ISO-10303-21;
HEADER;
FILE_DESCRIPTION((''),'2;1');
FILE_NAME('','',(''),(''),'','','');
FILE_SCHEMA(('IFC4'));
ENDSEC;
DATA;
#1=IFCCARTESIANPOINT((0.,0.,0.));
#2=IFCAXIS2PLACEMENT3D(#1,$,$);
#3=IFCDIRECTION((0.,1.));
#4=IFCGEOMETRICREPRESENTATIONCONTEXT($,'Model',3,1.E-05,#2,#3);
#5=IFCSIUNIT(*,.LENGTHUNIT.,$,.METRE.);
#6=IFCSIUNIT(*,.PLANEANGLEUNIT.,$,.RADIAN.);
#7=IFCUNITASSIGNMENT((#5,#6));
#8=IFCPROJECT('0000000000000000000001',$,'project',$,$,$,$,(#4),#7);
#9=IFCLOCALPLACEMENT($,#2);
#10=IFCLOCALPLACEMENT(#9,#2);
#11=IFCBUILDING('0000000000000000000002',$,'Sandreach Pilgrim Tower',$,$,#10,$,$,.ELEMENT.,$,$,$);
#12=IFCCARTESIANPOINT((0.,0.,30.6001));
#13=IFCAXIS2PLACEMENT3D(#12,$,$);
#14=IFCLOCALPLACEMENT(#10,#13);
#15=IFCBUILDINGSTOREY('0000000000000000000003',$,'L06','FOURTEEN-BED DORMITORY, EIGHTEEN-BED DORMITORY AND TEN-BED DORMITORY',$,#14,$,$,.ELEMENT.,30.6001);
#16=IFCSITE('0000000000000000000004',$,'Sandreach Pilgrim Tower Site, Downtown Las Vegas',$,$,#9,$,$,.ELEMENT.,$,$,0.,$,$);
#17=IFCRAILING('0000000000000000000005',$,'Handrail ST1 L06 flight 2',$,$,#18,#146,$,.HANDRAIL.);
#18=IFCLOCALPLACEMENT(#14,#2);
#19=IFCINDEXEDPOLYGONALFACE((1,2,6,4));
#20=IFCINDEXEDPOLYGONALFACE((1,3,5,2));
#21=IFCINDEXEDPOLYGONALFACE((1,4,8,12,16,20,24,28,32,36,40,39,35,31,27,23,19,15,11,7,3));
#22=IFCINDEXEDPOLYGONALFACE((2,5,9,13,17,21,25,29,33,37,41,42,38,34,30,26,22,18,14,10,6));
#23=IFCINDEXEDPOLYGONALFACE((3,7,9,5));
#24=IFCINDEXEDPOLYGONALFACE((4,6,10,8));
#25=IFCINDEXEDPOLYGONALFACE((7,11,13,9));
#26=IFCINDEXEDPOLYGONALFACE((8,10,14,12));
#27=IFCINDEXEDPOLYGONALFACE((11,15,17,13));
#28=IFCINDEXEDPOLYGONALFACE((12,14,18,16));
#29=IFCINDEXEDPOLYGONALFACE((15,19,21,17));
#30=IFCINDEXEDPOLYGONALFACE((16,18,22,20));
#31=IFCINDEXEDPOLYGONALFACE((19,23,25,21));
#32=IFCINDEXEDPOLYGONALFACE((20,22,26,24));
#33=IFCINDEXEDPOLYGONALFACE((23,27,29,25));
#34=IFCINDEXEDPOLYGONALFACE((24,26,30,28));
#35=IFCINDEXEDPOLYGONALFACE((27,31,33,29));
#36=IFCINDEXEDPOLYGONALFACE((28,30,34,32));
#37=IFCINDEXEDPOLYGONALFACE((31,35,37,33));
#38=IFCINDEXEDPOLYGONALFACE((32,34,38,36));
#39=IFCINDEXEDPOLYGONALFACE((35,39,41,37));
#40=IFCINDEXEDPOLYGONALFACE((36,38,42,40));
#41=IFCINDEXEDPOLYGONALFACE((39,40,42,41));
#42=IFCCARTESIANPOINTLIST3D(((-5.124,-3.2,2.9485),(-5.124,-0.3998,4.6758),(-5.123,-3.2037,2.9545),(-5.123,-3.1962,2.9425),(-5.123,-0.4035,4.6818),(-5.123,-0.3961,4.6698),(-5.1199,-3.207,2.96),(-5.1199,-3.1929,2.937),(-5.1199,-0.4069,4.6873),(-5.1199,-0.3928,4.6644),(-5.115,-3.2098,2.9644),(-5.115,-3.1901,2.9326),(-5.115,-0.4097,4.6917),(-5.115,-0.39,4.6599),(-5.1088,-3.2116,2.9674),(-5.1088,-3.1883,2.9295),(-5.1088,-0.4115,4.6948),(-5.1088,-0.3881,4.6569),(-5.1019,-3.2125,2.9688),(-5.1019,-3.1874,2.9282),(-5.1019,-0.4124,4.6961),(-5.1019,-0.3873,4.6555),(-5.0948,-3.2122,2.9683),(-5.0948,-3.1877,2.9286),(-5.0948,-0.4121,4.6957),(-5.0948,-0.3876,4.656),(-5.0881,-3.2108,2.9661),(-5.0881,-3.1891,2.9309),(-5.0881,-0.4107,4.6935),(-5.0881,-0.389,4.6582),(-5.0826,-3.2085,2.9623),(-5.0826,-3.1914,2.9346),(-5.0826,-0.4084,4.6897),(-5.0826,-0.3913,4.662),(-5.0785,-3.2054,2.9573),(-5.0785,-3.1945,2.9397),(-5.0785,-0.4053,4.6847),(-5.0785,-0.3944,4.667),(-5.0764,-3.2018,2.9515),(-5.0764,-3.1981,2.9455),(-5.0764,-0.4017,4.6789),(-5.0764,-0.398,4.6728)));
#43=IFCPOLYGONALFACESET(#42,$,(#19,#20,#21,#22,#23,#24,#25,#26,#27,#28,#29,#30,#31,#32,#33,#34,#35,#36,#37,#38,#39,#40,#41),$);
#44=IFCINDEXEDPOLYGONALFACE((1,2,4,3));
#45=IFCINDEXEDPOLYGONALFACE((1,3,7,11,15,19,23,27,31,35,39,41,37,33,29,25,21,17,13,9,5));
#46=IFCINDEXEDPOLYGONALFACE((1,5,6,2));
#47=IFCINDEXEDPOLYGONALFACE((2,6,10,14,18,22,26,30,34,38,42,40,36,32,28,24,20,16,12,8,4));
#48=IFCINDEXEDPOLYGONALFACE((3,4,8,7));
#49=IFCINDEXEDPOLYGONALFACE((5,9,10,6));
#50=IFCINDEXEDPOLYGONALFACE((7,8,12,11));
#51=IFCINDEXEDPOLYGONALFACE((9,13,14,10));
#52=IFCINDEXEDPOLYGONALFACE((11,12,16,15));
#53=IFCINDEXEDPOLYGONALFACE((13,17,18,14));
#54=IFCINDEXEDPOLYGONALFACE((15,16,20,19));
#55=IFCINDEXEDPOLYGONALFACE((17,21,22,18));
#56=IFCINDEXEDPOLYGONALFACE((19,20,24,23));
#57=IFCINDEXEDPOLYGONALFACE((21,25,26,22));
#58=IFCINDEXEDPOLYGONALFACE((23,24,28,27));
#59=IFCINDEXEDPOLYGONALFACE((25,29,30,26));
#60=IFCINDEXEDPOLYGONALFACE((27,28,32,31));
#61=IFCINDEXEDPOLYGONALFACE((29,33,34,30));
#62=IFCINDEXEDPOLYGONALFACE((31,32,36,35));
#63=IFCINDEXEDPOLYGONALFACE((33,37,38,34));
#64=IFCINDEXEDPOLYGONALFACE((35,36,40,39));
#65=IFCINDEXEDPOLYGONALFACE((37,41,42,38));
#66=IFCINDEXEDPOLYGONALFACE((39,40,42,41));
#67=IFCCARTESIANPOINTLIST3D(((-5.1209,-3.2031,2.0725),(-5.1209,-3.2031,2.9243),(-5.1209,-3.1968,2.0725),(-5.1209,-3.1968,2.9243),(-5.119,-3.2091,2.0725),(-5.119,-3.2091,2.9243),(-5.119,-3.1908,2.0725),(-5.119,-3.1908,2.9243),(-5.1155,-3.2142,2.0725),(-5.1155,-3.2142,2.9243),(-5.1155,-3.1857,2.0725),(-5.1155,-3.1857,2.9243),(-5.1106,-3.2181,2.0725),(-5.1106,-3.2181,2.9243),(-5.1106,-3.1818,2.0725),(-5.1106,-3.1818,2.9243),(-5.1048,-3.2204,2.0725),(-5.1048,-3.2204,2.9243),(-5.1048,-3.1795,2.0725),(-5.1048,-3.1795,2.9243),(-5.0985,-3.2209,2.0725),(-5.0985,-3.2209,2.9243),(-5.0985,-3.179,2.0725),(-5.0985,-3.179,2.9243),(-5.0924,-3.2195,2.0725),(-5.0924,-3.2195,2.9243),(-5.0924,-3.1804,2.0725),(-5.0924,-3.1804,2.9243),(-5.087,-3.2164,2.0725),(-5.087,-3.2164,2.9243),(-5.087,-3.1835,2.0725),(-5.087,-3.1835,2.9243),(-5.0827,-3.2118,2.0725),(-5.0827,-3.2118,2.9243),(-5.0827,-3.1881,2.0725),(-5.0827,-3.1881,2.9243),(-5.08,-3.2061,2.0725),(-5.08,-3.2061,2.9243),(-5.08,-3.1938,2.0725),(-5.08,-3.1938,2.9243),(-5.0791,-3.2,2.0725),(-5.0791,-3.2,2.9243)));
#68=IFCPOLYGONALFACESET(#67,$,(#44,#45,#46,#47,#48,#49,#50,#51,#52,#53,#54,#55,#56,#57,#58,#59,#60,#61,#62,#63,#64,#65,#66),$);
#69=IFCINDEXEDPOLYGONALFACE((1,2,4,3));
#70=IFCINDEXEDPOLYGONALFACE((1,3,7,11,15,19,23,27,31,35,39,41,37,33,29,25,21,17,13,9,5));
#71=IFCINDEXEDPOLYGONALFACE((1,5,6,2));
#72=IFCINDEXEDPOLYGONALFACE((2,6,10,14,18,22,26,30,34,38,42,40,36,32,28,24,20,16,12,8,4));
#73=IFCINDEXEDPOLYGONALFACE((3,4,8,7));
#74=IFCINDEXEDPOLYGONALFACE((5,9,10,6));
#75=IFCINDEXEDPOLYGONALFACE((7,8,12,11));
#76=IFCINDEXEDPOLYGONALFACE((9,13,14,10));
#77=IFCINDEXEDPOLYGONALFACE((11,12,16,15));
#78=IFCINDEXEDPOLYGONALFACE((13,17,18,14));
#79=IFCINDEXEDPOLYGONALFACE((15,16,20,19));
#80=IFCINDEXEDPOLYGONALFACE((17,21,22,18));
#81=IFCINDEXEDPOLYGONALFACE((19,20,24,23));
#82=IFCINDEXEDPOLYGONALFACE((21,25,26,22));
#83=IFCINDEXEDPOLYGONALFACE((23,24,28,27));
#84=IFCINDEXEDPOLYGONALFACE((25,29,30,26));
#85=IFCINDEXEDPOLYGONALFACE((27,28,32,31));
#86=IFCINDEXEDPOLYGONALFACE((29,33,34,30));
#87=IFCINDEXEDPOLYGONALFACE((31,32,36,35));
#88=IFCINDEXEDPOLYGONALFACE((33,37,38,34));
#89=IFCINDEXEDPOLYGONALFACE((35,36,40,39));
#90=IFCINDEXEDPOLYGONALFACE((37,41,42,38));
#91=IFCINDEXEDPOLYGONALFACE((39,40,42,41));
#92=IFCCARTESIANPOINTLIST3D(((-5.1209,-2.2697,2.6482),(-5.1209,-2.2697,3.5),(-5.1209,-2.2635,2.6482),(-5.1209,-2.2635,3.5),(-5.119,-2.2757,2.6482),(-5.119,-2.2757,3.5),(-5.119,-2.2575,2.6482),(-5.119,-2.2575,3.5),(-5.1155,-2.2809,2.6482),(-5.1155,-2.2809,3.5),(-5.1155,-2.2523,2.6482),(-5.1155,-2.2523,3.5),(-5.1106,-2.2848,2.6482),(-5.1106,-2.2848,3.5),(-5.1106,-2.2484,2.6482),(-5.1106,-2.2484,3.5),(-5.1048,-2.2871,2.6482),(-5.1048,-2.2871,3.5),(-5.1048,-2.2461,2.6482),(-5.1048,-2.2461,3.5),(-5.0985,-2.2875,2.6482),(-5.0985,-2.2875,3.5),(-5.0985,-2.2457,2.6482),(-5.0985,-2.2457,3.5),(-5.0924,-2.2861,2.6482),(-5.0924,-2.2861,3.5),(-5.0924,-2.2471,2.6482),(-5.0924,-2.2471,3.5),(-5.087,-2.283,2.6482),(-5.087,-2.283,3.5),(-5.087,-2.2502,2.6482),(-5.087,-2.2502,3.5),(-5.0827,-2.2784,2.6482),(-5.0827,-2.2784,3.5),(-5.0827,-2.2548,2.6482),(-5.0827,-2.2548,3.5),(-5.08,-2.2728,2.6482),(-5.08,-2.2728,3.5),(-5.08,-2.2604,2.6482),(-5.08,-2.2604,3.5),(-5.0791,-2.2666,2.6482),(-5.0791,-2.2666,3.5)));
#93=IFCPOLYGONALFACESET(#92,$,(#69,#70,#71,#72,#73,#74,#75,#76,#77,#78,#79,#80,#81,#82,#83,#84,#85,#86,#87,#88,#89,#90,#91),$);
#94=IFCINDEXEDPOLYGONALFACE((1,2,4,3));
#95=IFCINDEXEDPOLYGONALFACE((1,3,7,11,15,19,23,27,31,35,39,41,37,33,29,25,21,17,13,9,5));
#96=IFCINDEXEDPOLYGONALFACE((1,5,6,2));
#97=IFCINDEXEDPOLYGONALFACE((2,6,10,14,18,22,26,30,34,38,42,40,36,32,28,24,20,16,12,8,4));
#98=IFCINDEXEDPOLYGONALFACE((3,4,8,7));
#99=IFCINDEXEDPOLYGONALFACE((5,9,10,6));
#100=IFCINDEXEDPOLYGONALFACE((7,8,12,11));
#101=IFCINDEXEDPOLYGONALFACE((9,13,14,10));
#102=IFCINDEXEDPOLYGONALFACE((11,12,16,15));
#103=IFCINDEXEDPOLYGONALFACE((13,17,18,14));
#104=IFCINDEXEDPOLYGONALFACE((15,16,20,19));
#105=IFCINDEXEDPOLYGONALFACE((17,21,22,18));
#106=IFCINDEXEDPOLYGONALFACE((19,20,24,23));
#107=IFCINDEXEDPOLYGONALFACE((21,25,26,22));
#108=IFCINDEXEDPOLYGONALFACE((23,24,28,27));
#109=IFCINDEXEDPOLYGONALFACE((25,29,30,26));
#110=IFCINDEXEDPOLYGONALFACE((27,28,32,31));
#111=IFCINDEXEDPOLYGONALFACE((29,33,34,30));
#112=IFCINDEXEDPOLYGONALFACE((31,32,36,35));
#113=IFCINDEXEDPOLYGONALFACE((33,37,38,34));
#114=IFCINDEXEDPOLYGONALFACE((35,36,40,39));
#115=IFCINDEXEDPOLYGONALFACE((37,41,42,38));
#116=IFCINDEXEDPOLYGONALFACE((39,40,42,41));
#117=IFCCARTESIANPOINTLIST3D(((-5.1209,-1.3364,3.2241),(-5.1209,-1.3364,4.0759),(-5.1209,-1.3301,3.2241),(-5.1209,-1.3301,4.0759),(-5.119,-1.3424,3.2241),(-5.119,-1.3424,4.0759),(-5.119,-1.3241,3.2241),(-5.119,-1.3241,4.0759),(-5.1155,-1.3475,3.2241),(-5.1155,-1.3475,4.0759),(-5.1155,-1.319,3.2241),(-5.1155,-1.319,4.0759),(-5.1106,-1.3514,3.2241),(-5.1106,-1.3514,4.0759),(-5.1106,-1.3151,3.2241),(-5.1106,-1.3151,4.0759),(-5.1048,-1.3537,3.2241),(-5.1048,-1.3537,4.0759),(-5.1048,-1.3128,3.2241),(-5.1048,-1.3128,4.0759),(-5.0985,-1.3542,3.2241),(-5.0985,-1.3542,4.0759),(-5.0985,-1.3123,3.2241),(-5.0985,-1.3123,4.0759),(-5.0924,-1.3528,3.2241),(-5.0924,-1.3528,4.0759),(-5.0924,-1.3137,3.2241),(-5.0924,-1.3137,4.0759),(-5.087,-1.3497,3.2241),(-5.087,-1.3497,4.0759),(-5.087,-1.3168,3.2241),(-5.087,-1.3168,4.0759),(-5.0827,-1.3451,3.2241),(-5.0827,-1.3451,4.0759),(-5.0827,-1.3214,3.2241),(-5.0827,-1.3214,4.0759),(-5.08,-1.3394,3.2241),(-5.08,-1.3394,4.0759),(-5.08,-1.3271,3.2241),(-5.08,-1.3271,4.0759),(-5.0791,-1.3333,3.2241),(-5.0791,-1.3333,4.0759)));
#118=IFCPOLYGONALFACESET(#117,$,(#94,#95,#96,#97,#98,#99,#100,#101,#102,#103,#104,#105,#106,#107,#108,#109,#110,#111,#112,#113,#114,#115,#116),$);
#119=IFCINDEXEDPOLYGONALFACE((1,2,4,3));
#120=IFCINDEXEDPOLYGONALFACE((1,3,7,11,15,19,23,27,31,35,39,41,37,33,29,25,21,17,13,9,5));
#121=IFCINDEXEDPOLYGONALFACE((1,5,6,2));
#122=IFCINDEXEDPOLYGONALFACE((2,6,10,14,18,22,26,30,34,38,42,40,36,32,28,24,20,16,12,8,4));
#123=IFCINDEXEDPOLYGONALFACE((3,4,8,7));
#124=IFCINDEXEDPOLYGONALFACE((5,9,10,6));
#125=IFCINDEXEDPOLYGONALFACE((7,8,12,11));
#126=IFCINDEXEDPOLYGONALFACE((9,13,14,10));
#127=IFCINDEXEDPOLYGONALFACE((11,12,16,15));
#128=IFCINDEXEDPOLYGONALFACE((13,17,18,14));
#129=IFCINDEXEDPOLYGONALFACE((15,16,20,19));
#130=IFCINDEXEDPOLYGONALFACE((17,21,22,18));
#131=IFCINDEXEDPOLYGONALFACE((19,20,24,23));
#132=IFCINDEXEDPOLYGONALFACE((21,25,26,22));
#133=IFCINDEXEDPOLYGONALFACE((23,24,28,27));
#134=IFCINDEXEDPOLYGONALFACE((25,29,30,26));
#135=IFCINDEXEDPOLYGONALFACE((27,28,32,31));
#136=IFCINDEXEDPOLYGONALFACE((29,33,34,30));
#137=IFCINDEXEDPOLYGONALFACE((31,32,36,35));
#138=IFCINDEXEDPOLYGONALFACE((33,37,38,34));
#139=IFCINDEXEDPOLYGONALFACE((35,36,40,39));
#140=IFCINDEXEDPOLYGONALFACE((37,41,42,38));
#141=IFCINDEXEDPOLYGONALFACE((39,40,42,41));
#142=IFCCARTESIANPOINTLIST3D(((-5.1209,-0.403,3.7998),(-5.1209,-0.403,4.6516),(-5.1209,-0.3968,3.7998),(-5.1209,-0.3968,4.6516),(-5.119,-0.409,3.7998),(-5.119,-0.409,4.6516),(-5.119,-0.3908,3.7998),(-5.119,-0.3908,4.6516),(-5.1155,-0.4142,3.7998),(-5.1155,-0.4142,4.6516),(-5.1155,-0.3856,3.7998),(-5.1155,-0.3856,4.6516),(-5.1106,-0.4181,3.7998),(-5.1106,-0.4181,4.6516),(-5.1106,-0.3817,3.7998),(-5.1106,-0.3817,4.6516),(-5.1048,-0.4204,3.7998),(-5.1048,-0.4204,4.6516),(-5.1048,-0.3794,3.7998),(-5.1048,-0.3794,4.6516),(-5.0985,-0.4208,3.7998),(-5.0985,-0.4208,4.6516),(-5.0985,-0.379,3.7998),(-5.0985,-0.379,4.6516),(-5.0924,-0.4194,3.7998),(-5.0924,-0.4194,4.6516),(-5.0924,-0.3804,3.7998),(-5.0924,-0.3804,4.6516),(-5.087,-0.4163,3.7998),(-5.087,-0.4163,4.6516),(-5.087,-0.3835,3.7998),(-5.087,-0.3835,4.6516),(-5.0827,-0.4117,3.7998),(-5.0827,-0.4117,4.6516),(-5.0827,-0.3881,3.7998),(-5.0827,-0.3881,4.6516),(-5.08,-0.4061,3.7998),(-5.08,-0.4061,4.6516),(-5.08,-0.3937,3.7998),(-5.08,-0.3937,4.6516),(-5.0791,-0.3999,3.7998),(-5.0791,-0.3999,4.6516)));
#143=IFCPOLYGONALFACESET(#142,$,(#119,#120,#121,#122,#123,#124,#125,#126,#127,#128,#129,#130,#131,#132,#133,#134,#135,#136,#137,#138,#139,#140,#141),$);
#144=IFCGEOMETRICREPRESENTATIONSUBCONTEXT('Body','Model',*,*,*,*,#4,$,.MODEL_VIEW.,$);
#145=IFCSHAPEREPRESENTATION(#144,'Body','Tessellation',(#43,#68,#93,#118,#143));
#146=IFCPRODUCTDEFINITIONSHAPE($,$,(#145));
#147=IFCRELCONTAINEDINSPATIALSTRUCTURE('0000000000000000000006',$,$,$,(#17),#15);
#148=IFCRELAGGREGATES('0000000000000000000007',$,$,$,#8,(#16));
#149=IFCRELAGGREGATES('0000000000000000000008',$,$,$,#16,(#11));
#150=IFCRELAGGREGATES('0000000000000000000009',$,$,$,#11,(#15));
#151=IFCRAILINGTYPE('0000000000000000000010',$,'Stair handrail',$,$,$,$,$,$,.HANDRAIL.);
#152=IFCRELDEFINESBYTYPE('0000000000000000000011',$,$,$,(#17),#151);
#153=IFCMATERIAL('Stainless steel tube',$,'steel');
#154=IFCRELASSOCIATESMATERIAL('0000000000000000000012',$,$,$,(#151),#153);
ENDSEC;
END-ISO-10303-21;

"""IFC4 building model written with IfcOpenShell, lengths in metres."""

from ifc_helpers import new_model, si_unit, direction, frame, origin, origin_2d, place, context, subcontext, project, spatial, circle, extrude, material, type_object, element, save


model = new_model("IFC4")

# Units and contexts
model_context = context("Model", 3, precision=1e-05, world=origin(), true_north=direction((0.0, 1.0)))
body_context = subcontext(model_context, "Body", "Model", "MODEL_VIEW")
ifc_project = project(units=[si_unit("LENGTHUNIT", "METRE"), si_unit("PLANEANGLEUNIT", "RADIAN")], contexts=[model_context])

# Site, building, storey
site_placement = place(None, origin())
site = spatial("IfcSite", under=ifc_project, at=site_placement, Name="Sandreach Pilgrim Tower Site, Downtown Las Vegas", CompositionType="ELEMENT", RefElevation=0.0)
building_placement = place(site_placement, origin())
building = spatial("IfcBuilding", under=site, at=building_placement, Name="Sandreach Pilgrim Tower", CompositionType="ELEMENT")
storey_placement = place(building_placement, frame((0.0, 0.0, 30.6001)))
storey = spatial("IfcBuildingStorey", under=building, at=storey_placement, Name="L06", Description="FOURTEEN-BED DORMITORY, EIGHTEEN-BED DORMITORY AND TEN-BED DORMITORY", CompositionType="ELEMENT", Elevation=30.6001)

# Railing
ifc_material_1 = material(Name="Stainless steel tube", Category="steel")
railing_type = type_object("IfcRailingType", Name="Stair handrail", PredefinedType="HANDRAIL", material=ifc_material_1)
for number, where, name in (
    (1, (-5.1001, -3.2, 2.0725), "Handrail ST1 L06 flight 2"),
):
    element("IfcRailing", number, at=place(storey_placement, frame(where)), inside=storey, type_object=railing_type, Name=name, PredefinedType="HANDRAIL", context=body_context, shape_type="SweptSolid", body=[
        extrude(circle(Radius=0.0239, at=origin_2d()), frame((0.0, 0.0, 0.876), z_axis=(0.0, 0.85109, 0.52502), x_axis=(-1.0, 0.0, 0.0)), (0.0, 0.0, 1.0), 3.29),
        extrude(circle(Radius=0.021, at=origin_2d()), origin(), (0.0, 0.0, 1.0), 0.8518),
        extrude(circle(Radius=0.021, at=origin_2d()), frame((0.0, 0.9333, 0.5757)), (0.0, 0.0, 1.0), 0.8518),
        extrude(circle(Radius=0.021, at=origin_2d()), frame((0.0, 1.8667, 1.1516)), (0.0, 0.0, 1.0), 0.8518),
        extrude(circle(Radius=0.021, at=origin_2d()), frame((0.0, 2.8, 1.7273)), (0.0, 0.0, 1.0), 0.8518),
    ])

save(model, "model.ifc")
